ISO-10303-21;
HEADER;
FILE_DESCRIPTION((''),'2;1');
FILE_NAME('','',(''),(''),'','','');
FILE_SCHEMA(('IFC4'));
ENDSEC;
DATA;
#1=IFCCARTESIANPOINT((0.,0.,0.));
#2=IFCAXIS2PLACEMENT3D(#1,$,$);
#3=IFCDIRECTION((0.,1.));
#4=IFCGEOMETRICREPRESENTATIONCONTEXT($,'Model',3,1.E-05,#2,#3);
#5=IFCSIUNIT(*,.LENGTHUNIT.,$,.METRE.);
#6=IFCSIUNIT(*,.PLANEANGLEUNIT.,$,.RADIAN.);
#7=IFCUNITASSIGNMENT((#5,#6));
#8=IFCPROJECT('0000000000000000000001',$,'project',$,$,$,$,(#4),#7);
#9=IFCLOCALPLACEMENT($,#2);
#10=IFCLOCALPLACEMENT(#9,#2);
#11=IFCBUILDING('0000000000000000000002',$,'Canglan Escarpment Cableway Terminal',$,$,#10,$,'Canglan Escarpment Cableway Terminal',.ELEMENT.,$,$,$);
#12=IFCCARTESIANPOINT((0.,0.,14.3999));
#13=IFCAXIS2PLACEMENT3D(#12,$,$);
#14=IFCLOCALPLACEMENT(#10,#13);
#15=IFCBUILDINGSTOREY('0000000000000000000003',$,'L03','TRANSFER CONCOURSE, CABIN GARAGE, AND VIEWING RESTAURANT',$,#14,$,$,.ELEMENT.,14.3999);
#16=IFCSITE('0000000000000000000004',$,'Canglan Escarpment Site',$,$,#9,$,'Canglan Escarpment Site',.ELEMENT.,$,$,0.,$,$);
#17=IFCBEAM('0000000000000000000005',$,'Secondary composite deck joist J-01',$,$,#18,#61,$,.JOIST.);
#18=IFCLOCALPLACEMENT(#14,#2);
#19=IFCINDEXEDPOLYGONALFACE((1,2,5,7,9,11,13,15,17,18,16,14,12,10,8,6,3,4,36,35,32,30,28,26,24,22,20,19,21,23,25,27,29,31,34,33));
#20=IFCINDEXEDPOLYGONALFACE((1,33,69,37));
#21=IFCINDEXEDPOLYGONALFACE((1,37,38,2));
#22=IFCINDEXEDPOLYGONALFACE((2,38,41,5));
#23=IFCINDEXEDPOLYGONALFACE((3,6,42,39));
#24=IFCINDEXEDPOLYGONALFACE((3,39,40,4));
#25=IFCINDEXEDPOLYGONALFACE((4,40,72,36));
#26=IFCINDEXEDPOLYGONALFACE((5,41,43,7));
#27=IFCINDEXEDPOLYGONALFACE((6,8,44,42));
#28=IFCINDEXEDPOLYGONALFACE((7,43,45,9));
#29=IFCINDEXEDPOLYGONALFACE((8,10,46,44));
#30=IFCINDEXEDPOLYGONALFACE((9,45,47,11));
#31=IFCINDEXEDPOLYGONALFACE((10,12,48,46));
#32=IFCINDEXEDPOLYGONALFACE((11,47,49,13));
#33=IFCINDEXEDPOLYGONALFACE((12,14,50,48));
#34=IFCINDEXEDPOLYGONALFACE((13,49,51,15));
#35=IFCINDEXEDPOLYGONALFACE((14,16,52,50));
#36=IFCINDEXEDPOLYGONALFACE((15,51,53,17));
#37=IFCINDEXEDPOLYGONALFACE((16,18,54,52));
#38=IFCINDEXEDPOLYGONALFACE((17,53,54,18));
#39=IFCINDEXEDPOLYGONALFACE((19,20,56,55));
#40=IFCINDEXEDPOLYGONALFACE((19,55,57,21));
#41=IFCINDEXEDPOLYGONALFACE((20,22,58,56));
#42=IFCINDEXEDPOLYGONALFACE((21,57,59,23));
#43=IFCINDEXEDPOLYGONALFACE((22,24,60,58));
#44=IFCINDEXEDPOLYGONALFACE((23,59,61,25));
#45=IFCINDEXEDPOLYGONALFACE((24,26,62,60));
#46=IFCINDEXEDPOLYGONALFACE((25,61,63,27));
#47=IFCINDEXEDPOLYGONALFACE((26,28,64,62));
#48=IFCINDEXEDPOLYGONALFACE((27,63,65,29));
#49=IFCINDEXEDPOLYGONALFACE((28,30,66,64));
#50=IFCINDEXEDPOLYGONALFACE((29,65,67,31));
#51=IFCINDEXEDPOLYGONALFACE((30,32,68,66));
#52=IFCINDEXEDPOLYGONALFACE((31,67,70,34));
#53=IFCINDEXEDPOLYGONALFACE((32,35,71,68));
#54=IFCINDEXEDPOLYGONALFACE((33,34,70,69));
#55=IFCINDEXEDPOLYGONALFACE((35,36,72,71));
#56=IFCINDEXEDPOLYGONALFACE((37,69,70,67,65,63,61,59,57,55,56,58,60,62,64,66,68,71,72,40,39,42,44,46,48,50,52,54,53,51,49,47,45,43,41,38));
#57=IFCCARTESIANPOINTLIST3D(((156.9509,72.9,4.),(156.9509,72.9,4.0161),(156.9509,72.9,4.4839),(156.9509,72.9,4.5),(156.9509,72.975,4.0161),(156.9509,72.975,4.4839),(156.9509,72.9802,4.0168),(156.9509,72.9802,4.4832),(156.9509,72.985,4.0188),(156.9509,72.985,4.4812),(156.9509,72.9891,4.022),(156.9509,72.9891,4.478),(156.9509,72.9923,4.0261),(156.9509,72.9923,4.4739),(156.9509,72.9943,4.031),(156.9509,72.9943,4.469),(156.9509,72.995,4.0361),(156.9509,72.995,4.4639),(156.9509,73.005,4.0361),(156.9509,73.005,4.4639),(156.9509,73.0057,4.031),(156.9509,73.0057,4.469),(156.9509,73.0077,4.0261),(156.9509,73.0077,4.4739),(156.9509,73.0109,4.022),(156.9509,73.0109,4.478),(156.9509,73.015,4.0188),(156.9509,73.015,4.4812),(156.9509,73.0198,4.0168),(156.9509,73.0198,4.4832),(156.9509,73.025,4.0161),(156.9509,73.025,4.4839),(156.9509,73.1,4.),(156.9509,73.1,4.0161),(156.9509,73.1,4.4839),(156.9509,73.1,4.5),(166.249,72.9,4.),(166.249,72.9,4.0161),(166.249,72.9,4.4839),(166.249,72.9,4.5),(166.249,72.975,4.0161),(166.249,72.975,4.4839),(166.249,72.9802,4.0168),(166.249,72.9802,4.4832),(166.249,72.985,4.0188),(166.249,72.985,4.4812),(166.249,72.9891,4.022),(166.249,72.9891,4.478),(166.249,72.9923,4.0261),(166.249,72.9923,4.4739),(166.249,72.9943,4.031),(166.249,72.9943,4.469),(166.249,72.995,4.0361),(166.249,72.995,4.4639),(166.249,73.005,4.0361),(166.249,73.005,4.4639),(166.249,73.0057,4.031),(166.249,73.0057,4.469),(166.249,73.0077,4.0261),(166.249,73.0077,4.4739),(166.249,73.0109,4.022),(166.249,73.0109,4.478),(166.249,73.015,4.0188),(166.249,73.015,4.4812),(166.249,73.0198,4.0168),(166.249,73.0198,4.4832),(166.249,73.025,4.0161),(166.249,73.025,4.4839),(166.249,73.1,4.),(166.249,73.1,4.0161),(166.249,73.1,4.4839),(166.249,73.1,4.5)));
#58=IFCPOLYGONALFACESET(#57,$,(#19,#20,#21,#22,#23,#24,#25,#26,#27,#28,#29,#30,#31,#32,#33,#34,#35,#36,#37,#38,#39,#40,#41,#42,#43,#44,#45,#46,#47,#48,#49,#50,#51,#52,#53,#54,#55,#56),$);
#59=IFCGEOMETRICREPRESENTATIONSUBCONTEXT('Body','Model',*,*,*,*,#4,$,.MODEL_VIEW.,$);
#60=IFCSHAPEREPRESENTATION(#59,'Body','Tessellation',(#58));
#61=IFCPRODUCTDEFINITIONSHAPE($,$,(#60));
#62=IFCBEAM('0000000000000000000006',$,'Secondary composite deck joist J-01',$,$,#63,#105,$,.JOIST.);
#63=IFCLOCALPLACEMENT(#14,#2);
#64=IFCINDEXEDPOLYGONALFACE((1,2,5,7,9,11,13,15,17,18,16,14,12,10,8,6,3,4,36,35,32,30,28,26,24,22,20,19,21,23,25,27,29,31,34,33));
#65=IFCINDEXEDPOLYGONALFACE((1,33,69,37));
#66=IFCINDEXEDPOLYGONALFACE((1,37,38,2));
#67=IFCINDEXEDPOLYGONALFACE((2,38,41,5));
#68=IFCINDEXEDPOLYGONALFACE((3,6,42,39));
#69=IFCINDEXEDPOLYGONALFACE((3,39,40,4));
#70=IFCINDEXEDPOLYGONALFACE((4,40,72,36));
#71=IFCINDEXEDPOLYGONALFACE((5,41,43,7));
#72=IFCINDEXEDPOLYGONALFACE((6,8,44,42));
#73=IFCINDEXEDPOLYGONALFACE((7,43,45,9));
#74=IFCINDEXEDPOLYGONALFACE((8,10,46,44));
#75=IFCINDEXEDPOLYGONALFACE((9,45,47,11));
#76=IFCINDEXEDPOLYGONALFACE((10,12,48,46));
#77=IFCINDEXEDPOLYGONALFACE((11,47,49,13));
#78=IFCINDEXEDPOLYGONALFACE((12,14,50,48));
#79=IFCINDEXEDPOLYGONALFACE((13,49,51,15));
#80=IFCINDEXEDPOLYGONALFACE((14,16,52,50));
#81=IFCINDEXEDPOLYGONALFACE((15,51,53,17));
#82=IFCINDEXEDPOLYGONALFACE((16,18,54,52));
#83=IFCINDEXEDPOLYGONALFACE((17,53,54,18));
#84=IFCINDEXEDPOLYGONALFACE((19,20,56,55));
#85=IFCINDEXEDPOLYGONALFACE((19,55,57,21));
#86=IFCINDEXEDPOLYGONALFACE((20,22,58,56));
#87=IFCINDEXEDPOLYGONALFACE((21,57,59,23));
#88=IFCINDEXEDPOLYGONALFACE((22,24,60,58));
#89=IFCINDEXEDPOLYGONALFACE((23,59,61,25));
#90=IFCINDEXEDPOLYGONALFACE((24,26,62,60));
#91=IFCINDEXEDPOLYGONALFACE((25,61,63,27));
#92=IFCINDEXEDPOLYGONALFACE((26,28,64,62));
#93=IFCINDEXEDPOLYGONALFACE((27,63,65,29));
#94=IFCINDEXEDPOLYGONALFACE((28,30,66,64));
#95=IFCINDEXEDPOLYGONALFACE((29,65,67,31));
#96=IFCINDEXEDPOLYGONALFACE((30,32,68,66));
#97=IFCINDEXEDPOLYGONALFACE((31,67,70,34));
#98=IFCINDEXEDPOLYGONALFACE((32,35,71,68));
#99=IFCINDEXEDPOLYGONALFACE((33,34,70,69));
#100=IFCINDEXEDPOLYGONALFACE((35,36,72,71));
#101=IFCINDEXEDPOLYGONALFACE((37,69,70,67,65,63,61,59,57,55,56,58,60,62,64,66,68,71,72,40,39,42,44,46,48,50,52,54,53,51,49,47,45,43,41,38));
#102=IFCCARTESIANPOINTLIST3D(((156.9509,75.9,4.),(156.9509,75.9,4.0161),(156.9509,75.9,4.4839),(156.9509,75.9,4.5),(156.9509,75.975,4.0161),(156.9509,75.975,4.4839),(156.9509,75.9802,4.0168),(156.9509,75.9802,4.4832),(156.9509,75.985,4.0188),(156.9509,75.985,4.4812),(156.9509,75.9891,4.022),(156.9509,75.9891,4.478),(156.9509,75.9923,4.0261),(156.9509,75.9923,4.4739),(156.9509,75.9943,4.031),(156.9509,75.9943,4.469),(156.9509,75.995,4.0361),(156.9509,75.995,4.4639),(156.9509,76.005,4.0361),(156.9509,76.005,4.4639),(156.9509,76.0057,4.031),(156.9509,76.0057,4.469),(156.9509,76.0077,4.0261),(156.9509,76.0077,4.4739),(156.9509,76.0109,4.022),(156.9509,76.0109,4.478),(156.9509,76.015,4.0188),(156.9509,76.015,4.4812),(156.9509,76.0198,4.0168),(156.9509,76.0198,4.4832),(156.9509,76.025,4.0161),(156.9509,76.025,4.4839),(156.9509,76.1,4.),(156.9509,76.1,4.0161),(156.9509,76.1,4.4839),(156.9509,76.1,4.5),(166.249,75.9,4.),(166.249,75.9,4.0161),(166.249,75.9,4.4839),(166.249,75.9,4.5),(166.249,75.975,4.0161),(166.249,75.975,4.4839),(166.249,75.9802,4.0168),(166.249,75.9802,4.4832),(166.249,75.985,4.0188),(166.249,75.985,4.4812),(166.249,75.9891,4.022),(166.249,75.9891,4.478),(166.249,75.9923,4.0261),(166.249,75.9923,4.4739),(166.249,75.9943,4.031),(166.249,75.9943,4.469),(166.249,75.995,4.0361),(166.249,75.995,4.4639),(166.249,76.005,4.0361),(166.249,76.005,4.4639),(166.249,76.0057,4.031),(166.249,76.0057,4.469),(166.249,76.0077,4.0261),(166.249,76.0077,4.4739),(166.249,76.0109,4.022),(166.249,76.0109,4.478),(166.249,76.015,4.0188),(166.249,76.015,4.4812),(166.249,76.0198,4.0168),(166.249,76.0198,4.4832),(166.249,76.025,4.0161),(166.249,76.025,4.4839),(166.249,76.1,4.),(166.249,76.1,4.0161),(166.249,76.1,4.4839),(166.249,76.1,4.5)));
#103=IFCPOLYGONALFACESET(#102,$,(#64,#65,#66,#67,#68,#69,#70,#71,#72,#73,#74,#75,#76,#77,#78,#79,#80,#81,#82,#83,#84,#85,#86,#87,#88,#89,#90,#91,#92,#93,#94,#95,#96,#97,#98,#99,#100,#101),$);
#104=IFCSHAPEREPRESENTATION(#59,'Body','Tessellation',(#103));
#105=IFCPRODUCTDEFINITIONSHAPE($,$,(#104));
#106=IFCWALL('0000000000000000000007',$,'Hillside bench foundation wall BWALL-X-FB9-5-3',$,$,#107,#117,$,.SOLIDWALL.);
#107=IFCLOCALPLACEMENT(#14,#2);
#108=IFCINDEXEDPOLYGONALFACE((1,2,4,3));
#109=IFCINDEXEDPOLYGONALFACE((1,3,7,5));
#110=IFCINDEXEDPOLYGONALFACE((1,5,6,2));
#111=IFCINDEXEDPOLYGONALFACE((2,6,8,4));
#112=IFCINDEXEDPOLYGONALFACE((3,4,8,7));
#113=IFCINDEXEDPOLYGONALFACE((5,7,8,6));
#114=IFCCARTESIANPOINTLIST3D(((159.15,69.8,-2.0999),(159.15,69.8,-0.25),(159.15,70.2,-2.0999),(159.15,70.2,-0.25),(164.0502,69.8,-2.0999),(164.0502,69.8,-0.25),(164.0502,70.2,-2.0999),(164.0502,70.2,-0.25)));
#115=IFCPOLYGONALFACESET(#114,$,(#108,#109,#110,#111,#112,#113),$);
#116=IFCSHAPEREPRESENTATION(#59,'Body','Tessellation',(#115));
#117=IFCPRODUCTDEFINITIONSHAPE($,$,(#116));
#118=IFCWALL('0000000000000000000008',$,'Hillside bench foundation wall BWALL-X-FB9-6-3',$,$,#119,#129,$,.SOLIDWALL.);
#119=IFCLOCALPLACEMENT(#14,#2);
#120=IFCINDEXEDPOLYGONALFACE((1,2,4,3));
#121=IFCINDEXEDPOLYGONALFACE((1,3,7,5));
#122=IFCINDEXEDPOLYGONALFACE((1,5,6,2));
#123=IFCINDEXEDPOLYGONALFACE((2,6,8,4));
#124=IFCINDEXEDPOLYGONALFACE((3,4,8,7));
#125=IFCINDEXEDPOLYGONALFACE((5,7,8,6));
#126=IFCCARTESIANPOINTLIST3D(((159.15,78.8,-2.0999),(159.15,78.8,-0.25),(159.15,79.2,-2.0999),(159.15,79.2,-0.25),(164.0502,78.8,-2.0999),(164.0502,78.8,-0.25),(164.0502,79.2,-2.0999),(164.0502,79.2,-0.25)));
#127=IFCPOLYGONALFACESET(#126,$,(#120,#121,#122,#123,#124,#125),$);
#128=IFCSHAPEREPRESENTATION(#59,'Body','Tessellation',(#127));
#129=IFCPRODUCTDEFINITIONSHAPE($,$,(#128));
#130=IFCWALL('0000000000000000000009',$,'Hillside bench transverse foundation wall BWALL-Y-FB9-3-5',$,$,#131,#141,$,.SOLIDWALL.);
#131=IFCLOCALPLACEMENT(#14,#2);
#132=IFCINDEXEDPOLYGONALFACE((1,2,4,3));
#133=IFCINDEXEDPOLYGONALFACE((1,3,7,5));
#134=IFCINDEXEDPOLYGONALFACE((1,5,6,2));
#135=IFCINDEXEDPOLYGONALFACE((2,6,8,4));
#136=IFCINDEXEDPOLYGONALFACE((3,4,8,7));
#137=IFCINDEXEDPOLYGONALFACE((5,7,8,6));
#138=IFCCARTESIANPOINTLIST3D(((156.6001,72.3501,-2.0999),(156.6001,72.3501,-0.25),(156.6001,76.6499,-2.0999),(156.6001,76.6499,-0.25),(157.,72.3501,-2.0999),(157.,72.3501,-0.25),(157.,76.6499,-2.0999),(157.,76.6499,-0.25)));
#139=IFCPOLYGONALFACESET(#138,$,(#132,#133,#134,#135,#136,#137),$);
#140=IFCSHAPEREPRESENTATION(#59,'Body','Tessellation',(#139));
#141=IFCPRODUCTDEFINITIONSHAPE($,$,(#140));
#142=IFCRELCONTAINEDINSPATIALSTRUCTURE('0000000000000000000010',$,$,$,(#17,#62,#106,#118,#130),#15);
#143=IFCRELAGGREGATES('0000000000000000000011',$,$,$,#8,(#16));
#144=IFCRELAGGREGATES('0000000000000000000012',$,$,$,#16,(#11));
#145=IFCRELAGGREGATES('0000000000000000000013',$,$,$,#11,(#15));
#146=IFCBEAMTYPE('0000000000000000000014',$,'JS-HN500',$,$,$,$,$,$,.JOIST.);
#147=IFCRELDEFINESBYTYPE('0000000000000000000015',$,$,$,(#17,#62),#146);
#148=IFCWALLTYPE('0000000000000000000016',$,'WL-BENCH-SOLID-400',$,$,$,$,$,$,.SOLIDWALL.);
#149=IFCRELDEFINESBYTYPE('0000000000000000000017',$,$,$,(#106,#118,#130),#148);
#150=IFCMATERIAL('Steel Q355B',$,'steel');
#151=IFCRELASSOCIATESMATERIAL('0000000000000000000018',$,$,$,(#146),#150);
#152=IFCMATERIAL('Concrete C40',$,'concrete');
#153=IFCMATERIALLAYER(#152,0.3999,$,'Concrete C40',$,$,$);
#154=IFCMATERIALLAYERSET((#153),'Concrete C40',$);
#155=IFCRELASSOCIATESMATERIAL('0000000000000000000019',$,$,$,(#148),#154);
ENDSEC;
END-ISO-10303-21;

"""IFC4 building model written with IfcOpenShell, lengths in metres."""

from ifc_helpers import new_model, si_unit, direction, frame, frame_2d, origin, origin_2d, place, context, subcontext, project, spatial, rectangle, i_section, extrude, material, layer, layer_set, material_profile, profile_set, type_object, element, save


model = new_model("IFC4")

# Units and contexts
model_context = context("Model", 3, precision=1e-05, world=origin(), true_north=direction((0.0, 1.0)))
body_context = subcontext(model_context, "Body", "Model", "MODEL_VIEW")
ifc_project = project(units=[si_unit("LENGTHUNIT", "METRE"), si_unit("PLANEANGLEUNIT", "RADIAN")], contexts=[model_context])

# Site, building, storey
site_placement = place(None, origin())
site = spatial("IfcSite", under=ifc_project, at=site_placement, Name="Canglan Escarpment Site", LongName="Canglan Escarpment Site", CompositionType="ELEMENT", RefElevation=0.0)
building_placement = place(site_placement, origin())
building = spatial("IfcBuilding", under=site, at=building_placement, Name="Canglan Escarpment Cableway Terminal", LongName="Canglan Escarpment Cableway Terminal", CompositionType="ELEMENT")
storey_placement = place(building_placement, frame((0.0, 0.0, 14.3999)))
storey = spatial("IfcBuildingStorey", under=building, at=storey_placement, Name="L03", Description="TRANSFER CONCOURSE, CABIN GARAGE, AND VIEWING RESTAURANT", CompositionType="ELEMENT", Elevation=14.3999)

# Shared definitions
ifc_material_1 = material(Name="Concrete C40", Category="concrete")

# Beams
ifc_material_2 = material(Name="Steel Q355B", Category="steel")
ifc_material_profile_1 = material_profile(ifc_material_2, i_section(OverallWidth=0.2, OverallDepth=0.5, WebThickness=0.01, FlangeThickness=0.0161, FilletRadius=0.02, at=origin_2d()), Name="HN 500x200x10x16")
ifc_profile_set_1 = profile_set([ifc_material_profile_1], Name="Steel Q355B")
beam_type_1 = type_object("IfcBeamType", Name="JS-HN500", PredefinedType="JOIST", material=ifc_profile_set_1)
for number, where, z_axis, x_axis, name in (
    (1, (156.9509, 73.0, 4.25), (1.0, 0.0, 0.0), (0.0, 1.0, 0.0), "Secondary composite deck joist J-01"),
    (2, (156.9509, 76.0, 4.25), (1.0, 0.0, 0.0), (0.0, 1.0, 0.0), "Secondary composite deck joist J-01"),
):
    element("IfcBeam", number, at=place(storey_placement, frame(where, z_axis=z_axis, x_axis=x_axis)), inside=storey, type_object=beam_type_1, Name=name, PredefinedType="JOIST", context=body_context, shape_type="SweptSolid", body=[
        extrude(i_section(OverallWidth=0.2, OverallDepth=0.5, WebThickness=0.01, FlangeThickness=0.0161, FilletRadius=0.02, at=origin_2d()), origin(), (0.0, 0.0, 1.0), 9.2981),
    ])

# Walls
ifc_layer = layer(ifc_material_1, 0.3999, Name="Concrete C40")
ifc_layer_set = layer_set([ifc_layer], Name="Concrete C40")
wall_type = type_object("IfcWallType", Name="WL-BENCH-SOLID-400", PredefinedType="SOLIDWALL", material=ifc_layer_set)
for number, where, z_axis, x_axis, name in (
    (3, (159.1499, 70.0, -2.0999), (0.0, 0.0, 1.0), (1.0, 0.0, 0.0), "Hillside bench foundation wall BWALL-X-FB9-5-3"),
    (4, (159.1499, 79.0, -2.0999), (0.0, 0.0, 1.0), (1.0, 0.0, 0.0), "Hillside bench foundation wall BWALL-X-FB9-6-3"),
):
    element("IfcWall", number, at=place(storey_placement, frame(where, z_axis=z_axis, x_axis=x_axis)), inside=storey, type_object=wall_type, Name=name, PredefinedType="SOLIDWALL", context=body_context, shape_type="SweptSolid", body=[
        extrude(rectangle(XDim=4.9001, YDim=0.3999, at=frame_2d((2.4502, 0.0))), origin(), (0.0, 0.0, 1.0), 1.8499),
    ])
wall_placement = place(storey_placement, frame((156.8, 72.3501, -2.0999), z_axis=(0.0, 0.0, 1.0), x_axis=(0.0, 1.0, 0.0)))
element("IfcWall", 5, at=wall_placement, inside=storey, type_object=wall_type, Name="Hillside bench transverse foundation wall BWALL-Y-FB9-3-5", PredefinedType="SOLIDWALL", context=body_context, shape_type="SweptSolid", body=[
    extrude(rectangle(XDim=4.2998, YDim=0.3999, at=frame_2d((2.1499, 0.0))), origin(), (0.0, 0.0, 1.0), 1.8499),
])

save(model, "model.ifc")
